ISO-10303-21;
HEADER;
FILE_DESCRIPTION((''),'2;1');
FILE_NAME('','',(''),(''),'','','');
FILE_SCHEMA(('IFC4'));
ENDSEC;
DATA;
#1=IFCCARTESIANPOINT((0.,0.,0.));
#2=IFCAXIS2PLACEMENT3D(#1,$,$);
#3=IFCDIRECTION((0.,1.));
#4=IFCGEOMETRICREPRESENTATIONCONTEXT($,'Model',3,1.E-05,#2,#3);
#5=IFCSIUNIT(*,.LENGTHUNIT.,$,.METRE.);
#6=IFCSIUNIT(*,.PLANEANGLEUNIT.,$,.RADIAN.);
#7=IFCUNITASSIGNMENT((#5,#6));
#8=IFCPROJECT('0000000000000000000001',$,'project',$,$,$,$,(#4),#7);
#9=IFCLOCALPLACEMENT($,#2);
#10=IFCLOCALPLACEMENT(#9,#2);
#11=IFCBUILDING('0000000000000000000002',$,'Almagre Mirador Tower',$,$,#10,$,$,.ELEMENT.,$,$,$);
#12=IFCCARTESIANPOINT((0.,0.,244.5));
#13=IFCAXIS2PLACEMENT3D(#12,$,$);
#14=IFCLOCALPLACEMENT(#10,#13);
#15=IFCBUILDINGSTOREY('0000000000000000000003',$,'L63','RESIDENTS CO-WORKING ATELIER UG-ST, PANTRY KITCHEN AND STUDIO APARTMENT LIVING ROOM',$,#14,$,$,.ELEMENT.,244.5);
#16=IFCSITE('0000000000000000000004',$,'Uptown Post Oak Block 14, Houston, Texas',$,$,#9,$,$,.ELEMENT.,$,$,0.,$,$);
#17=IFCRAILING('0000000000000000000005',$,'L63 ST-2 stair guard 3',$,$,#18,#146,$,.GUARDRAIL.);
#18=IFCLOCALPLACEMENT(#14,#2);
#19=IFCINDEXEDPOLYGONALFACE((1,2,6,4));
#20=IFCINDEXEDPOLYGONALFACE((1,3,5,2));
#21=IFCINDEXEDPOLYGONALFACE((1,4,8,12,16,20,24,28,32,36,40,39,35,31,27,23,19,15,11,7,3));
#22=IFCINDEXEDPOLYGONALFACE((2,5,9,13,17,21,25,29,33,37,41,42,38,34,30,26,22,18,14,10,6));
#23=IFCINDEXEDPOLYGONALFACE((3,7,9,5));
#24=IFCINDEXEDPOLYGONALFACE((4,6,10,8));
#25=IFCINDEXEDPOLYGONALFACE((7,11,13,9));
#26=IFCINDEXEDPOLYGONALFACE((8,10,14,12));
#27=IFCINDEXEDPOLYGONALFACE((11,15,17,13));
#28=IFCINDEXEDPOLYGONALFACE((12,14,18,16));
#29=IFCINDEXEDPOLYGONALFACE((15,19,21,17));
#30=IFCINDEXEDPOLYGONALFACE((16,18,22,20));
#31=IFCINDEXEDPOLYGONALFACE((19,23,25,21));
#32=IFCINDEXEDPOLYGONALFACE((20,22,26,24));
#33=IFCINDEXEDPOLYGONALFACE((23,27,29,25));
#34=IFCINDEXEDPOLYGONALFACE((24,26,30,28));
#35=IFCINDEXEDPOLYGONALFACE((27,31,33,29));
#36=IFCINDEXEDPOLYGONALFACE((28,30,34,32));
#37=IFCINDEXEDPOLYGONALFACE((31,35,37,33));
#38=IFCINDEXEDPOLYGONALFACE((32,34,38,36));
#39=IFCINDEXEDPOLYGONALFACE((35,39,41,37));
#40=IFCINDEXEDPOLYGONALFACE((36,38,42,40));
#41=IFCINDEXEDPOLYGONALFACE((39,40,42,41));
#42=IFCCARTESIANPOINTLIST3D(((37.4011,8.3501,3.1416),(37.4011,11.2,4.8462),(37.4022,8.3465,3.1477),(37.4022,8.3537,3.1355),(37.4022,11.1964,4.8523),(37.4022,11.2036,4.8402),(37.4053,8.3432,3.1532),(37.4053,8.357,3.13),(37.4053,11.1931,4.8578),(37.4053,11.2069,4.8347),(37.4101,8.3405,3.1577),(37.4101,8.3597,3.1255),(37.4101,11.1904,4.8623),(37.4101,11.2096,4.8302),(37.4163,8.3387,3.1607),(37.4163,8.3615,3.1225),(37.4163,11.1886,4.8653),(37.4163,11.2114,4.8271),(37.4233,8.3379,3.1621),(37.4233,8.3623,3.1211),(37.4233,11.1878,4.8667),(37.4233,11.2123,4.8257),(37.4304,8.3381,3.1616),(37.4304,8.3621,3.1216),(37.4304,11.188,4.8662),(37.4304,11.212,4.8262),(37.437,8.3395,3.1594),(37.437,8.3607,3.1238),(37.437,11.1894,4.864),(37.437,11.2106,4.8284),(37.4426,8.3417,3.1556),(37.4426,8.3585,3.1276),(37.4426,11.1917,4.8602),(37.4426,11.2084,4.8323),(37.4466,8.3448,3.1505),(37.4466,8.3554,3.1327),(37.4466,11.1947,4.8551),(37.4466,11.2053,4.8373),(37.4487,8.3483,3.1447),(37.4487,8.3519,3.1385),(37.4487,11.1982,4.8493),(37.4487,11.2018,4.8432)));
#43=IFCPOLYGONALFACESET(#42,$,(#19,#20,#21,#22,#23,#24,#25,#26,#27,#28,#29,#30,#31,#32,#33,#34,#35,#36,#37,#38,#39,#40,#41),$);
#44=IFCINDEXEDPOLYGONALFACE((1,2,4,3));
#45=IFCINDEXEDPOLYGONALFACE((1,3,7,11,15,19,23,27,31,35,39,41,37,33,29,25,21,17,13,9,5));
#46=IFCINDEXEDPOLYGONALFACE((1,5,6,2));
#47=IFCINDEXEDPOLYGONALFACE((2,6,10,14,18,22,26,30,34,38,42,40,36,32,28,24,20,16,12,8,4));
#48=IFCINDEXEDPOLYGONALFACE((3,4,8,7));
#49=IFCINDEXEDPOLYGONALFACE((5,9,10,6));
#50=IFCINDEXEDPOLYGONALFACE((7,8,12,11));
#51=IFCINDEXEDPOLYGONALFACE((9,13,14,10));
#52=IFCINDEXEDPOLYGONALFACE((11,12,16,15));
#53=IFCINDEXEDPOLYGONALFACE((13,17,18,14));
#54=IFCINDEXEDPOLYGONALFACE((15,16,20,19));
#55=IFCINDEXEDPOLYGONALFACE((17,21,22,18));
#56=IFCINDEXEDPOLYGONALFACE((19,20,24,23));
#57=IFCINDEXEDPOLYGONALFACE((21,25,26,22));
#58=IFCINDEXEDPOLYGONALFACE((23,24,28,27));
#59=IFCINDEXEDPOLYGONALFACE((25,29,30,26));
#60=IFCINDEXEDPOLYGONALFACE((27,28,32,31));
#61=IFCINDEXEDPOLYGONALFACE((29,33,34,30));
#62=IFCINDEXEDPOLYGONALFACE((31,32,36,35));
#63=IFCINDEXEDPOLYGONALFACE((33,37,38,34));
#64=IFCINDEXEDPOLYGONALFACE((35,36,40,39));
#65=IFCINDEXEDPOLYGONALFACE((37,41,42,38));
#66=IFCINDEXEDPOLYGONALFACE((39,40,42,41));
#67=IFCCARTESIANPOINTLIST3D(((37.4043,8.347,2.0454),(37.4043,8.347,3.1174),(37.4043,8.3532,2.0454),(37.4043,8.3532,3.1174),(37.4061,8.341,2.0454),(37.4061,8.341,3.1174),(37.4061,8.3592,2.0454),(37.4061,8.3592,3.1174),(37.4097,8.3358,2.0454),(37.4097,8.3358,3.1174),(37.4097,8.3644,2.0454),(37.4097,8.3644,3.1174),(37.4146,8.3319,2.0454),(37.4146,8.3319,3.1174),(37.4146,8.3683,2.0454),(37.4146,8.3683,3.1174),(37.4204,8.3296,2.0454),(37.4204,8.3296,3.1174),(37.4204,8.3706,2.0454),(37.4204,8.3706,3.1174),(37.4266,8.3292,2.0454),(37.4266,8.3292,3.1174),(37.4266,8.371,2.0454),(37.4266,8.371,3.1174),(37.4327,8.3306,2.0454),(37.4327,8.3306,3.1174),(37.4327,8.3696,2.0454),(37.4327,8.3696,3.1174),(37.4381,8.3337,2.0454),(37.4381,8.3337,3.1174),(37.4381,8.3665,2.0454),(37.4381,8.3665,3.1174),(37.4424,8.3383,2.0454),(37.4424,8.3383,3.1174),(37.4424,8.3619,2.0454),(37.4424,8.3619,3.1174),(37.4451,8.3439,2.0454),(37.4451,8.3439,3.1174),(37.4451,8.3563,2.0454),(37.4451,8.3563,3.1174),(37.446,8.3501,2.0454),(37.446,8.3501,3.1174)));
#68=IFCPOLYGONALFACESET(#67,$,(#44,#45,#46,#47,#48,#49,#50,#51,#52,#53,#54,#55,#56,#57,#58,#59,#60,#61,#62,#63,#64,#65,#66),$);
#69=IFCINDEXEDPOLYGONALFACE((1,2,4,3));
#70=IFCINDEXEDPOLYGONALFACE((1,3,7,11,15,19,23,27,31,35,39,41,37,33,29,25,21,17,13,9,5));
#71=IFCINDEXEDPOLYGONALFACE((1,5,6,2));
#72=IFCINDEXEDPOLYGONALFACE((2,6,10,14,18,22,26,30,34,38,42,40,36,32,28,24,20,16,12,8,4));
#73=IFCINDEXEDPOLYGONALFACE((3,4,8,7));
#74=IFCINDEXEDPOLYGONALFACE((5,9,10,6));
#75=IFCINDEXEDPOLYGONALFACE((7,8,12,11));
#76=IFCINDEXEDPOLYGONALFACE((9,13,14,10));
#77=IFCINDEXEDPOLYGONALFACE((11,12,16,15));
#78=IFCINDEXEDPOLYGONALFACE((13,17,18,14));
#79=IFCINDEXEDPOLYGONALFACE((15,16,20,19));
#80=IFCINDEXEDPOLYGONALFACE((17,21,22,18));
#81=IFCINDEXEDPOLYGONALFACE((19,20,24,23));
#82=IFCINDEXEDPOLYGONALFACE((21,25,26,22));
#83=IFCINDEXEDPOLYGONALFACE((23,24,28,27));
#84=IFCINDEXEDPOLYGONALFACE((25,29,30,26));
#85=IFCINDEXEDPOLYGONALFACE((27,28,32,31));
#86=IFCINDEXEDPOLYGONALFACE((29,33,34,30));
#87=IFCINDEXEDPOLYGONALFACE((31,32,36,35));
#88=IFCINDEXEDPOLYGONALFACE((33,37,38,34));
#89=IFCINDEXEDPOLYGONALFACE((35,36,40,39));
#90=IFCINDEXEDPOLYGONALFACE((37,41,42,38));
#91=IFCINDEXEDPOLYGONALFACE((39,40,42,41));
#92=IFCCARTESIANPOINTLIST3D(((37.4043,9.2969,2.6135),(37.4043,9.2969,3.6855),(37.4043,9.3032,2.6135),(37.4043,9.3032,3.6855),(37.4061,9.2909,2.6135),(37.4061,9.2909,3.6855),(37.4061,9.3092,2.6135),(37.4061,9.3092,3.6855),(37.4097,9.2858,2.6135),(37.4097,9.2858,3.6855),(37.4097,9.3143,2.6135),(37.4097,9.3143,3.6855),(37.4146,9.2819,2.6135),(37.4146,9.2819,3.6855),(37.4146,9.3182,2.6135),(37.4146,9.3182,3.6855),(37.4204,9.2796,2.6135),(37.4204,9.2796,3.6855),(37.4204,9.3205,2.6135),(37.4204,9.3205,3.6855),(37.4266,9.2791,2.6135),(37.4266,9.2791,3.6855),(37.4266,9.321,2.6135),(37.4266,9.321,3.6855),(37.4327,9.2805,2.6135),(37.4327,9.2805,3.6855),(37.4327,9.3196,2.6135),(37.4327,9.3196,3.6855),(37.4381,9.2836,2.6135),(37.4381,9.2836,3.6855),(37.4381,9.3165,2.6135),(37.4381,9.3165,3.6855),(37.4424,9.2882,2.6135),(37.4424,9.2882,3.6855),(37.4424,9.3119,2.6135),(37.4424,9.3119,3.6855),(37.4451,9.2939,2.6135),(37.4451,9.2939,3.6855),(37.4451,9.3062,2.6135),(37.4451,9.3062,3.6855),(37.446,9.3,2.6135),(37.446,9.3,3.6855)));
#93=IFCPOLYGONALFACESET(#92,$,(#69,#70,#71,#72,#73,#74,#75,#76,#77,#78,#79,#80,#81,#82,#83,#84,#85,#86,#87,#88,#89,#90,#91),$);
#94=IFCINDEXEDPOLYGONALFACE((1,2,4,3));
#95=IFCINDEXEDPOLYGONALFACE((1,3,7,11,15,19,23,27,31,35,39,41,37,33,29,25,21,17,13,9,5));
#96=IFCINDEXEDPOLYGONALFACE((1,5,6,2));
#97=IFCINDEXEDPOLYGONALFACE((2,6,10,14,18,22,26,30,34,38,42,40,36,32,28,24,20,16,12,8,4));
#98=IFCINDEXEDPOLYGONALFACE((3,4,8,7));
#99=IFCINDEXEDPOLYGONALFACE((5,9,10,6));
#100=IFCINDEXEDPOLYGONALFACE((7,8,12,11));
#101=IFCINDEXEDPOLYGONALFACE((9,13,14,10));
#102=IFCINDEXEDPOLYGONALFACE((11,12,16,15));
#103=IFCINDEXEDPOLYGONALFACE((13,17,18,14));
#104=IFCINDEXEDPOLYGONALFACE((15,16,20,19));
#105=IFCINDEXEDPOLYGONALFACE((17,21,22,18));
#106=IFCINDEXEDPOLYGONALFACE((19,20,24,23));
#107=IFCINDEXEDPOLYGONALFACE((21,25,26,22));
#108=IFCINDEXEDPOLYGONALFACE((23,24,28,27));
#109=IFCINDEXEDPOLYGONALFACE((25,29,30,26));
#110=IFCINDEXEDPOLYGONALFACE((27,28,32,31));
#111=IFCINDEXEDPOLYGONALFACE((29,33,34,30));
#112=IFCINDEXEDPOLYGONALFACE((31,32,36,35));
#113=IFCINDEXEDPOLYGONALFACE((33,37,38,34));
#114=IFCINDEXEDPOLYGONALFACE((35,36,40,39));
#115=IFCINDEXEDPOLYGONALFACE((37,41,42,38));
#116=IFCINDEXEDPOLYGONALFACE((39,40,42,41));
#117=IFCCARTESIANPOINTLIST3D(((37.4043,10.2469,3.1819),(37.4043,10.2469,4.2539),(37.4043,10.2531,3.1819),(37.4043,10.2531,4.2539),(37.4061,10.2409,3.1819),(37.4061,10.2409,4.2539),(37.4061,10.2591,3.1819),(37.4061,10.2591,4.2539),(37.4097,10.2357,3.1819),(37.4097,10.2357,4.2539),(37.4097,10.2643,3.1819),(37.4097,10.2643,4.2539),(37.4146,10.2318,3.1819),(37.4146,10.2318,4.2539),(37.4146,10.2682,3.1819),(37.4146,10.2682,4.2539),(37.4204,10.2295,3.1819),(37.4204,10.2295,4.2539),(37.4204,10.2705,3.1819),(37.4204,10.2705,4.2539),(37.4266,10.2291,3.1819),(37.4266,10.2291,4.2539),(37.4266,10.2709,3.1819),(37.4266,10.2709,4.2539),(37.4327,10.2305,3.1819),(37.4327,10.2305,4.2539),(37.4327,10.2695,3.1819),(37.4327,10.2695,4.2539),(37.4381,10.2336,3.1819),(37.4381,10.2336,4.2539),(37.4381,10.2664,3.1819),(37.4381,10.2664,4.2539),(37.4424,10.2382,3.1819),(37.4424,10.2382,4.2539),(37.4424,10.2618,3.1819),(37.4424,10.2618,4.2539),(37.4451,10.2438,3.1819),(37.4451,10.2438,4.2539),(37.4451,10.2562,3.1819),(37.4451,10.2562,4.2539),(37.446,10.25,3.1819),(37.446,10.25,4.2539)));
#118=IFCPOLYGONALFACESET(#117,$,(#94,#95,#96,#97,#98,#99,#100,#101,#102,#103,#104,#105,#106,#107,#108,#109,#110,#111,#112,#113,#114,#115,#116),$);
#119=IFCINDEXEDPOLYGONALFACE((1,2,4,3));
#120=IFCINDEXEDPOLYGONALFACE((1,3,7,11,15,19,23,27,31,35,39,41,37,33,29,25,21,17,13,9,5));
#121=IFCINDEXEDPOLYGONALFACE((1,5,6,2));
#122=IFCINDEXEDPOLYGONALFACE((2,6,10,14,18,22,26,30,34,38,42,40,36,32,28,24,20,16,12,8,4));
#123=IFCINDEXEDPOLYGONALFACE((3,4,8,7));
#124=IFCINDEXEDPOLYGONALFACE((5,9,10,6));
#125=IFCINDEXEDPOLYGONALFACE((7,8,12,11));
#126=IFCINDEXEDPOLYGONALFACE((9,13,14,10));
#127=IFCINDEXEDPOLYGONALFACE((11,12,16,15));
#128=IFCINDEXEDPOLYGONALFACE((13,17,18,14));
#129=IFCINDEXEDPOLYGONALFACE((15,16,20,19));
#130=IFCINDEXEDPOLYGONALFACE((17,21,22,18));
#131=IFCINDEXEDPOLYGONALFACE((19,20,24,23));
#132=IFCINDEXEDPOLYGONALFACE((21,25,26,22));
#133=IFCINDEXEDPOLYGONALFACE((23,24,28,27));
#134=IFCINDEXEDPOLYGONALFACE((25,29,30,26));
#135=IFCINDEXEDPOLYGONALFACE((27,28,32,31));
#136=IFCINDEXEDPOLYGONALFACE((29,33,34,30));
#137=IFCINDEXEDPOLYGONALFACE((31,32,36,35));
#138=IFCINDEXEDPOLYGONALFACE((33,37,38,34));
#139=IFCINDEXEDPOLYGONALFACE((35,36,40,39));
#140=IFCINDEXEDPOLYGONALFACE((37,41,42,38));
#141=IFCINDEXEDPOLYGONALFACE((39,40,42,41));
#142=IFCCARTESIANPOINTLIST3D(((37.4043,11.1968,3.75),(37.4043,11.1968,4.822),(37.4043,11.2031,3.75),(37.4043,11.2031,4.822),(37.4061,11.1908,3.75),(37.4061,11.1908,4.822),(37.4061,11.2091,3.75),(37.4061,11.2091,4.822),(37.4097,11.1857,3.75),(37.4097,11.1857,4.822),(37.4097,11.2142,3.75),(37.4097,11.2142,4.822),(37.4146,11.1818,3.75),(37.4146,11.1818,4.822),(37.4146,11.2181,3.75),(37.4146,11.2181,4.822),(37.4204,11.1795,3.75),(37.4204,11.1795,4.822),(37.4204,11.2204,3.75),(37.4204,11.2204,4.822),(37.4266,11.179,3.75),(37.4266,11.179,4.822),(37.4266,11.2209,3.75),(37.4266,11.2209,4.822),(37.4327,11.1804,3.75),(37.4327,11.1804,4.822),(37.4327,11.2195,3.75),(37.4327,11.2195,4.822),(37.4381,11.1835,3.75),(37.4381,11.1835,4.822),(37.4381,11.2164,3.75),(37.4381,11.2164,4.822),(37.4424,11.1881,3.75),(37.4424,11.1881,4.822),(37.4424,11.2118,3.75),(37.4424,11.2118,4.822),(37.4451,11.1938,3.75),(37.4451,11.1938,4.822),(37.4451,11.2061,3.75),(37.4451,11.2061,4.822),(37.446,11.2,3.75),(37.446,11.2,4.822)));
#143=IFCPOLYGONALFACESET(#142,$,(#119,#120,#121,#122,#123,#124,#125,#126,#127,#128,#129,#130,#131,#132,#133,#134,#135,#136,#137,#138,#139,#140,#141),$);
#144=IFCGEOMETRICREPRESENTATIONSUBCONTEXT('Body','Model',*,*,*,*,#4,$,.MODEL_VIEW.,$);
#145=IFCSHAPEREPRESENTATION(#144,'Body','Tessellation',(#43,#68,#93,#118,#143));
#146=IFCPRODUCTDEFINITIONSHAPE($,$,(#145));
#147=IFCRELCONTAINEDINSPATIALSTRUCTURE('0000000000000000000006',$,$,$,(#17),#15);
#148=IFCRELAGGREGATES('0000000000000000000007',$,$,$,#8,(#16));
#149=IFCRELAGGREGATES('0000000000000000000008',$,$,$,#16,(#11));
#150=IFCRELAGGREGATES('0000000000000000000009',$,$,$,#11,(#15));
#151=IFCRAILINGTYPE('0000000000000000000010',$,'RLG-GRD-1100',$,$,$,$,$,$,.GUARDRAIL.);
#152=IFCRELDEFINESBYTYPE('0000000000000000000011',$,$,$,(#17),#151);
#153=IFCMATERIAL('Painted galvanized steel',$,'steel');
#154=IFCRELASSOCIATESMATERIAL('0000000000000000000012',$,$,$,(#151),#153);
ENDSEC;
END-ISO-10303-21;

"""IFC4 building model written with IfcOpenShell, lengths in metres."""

from ifc_helpers import new_model, si_unit, direction, frame, origin, origin_2d, place, context, subcontext, project, spatial, circle, extrude, material, type_object, element, save


model = new_model("IFC4")

# Units and contexts
model_context = context("Model", 3, precision=1e-05, world=origin(), true_north=direction((0.0, 1.0)))
body_context = subcontext(model_context, "Body", "Model", "MODEL_VIEW")
ifc_project = project(units=[si_unit("LENGTHUNIT", "METRE"), si_unit("PLANEANGLEUNIT", "RADIAN")], contexts=[model_context])

# Site, building, storey
site_placement = place(None, origin())
site = spatial("IfcSite", under=ifc_project, at=site_placement, Name="Uptown Post Oak Block 14, Houston, Texas", CompositionType="ELEMENT", RefElevation=0.0)
building_placement = place(site_placement, origin())
building = spatial("IfcBuilding", under=site, at=building_placement, Name="Almagre Mirador Tower", CompositionType="ELEMENT")
storey_placement = place(building_placement, frame((0.0, 0.0, 244.5)))
storey = spatial("IfcBuildingStorey", under=building, at=storey_placement, Name="L63", Description="RESIDENTS CO-WORKING ATELIER UG-ST, PANTRY KITCHEN AND STUDIO APARTMENT LIVING ROOM", CompositionType="ELEMENT", Elevation=244.5)

# Railing
ifc_material_1 = material(Name="Painted galvanized steel", Category="steel")
railing_type_1 = type_object("IfcRailingType", Name="RLG-GRD-1100", PredefinedType="GUARDRAIL", material=ifc_material_1)
railing_1_placement = place(storey_placement, frame((37.425, 8.3501, 2.0454)))
element("IfcRailing", 1, at=railing_1_placement, inside=storey, type_object=railing_type_1, Name="L63 ST-2 stair guard 3", PredefinedType="GUARDRAIL", context=body_context, shape_type="SweptSolid", body=[
    extrude(circle(Radius=0.0239, at=origin_2d()), frame((0.0, 0.0, 1.0962), z_axis=(0.0, 0.858199, 0.513317), x_axis=(-1.0, 0.0, 0.0)), (0.0, 0.0, 1.0), 3.3208),
    extrude(circle(Radius=0.021, at=origin_2d()), origin(), (0.0, 0.0, 1.0), 1.072),
    extrude(circle(Radius=0.021, at=origin_2d()), frame((0.0, 0.95, 0.5681)), (0.0, 0.0, 1.0), 1.072),
    extrude(circle(Radius=0.021, at=origin_2d()), frame((0.0, 1.8999, 1.1365)), (0.0, 0.0, 1.0), 1.072),
    extrude(circle(Radius=0.021, at=origin_2d()), frame((0.0, 2.8499, 1.7046)), (0.0, 0.0, 1.0), 1.072),
])

save(model, "model.ifc")
